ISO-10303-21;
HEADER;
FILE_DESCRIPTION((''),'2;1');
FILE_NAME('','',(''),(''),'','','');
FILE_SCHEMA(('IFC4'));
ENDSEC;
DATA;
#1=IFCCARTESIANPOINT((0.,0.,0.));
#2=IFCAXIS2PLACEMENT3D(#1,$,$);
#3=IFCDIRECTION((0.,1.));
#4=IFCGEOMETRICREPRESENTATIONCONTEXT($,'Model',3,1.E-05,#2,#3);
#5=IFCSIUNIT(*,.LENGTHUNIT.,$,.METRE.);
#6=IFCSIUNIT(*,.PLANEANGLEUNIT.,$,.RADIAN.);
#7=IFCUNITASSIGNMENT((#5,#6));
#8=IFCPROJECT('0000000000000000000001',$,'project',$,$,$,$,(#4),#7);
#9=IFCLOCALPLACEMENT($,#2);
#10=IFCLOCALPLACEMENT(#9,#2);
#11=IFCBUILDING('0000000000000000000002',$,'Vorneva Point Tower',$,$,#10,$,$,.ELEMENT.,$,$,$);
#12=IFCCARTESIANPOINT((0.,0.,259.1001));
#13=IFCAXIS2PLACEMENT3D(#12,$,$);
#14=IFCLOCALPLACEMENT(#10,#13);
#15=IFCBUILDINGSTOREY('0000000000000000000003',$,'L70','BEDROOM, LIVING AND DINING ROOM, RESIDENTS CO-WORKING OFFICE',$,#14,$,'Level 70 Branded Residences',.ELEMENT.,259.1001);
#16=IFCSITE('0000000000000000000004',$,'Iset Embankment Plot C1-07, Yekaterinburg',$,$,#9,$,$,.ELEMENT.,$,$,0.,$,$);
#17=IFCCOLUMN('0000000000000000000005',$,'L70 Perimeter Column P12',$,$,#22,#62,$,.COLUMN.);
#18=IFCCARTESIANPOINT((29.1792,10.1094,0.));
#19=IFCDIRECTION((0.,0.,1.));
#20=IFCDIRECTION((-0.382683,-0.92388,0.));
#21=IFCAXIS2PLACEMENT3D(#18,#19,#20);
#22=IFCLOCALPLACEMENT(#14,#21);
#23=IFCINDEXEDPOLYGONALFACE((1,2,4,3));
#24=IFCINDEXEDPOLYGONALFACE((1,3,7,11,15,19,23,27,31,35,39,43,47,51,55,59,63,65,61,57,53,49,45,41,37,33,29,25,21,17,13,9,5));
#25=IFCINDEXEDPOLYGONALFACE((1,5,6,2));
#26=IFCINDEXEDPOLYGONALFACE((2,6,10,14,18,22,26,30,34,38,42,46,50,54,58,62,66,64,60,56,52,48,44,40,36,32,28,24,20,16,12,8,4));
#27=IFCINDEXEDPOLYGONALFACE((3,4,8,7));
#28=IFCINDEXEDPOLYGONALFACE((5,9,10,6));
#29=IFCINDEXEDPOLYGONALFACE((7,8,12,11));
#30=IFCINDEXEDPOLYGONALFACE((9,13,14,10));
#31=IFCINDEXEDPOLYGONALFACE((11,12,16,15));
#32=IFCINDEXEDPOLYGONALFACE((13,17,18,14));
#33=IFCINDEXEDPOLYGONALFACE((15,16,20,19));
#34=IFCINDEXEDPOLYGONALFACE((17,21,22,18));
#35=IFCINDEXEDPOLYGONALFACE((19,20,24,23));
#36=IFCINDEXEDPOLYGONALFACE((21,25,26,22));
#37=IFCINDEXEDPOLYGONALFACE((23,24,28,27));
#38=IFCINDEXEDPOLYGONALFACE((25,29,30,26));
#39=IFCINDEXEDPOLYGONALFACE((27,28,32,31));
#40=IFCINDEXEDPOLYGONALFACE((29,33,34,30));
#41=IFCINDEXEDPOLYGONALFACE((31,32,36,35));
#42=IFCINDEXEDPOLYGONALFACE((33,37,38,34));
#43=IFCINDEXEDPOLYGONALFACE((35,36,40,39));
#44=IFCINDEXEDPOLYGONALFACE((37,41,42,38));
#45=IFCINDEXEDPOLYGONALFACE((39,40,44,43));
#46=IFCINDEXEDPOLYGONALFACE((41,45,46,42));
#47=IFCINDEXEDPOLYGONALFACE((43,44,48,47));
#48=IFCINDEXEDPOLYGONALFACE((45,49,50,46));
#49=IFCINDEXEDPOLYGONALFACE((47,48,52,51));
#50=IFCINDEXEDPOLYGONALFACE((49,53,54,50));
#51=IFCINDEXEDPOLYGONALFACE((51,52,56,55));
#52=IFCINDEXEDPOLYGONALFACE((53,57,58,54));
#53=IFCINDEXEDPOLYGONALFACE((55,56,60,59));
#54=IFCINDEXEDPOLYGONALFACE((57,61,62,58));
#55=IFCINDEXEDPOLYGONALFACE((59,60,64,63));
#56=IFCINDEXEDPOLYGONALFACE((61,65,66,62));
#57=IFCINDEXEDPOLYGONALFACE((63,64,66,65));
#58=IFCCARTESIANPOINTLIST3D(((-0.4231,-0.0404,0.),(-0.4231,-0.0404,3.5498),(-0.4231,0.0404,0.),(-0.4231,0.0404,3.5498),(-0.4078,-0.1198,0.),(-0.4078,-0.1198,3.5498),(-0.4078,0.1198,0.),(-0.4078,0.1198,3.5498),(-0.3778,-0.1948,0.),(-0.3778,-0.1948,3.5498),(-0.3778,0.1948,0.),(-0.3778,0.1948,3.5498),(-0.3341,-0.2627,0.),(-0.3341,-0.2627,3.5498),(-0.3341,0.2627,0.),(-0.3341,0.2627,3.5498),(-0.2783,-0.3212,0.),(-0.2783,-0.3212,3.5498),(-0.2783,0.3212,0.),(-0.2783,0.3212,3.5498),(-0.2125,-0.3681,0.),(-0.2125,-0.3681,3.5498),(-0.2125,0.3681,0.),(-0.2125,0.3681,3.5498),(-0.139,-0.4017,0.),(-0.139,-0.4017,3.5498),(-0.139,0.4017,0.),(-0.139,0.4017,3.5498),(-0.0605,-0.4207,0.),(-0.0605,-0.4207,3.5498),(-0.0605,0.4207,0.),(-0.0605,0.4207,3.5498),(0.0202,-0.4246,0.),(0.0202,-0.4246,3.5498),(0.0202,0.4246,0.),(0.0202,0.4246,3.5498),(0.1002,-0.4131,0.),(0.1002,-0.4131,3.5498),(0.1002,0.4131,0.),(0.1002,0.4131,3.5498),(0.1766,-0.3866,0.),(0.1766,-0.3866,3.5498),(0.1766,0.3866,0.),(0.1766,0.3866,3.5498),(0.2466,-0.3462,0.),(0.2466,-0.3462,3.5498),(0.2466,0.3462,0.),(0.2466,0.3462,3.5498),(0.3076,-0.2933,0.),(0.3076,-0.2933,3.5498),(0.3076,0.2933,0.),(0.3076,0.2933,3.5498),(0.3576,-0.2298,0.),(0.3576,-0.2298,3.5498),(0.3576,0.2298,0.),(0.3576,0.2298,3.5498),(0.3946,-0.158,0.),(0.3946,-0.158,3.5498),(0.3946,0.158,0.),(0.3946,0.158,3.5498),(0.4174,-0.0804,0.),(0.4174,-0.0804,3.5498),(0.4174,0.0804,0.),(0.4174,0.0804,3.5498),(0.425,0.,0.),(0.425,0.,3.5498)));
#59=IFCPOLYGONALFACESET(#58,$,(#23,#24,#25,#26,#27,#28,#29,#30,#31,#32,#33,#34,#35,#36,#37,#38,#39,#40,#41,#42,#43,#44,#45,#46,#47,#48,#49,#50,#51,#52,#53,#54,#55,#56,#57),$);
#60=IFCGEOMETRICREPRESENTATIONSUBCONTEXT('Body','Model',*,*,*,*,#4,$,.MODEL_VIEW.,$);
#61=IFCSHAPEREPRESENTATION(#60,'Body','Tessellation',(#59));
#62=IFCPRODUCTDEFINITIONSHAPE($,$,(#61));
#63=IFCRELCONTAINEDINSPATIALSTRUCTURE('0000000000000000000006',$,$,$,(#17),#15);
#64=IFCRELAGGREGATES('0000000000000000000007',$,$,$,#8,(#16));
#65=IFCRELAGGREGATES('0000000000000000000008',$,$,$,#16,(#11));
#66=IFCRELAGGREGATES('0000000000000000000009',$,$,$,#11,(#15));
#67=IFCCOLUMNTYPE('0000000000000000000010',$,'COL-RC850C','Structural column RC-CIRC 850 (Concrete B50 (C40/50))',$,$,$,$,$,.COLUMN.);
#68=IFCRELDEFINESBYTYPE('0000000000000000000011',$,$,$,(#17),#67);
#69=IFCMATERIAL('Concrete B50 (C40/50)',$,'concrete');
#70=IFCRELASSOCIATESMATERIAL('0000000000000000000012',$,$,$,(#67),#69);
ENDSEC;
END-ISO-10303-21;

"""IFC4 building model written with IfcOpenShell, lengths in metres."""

from ifc_helpers import new_model, si_unit, direction, frame, origin, origin_2d, place, context, subcontext, project, spatial, circle, extrude, material, material_profile, profile_set, type_object, element, save


model = new_model("IFC4")

# Units and contexts
model_context = context("Model", 3, precision=1e-05, world=origin(), true_north=direction((0.0, 1.0)))
body_context = subcontext(model_context, "Body", "Model", "MODEL_VIEW")
ifc_project = project(units=[si_unit("LENGTHUNIT", "METRE"), si_unit("PLANEANGLEUNIT", "RADIAN")], contexts=[model_context])

# Site, building, storey
site_placement = place(None, origin())
site = spatial("IfcSite", under=ifc_project, at=site_placement, Name="Iset Embankment Plot C1-07, Yekaterinburg", CompositionType="ELEMENT", RefElevation=0.0)
building_placement = place(site_placement, origin())
building = spatial("IfcBuilding", under=site, at=building_placement, Name="Vorneva Point Tower", CompositionType="ELEMENT")
storey_placement = place(building_placement, frame((0.0, 0.0, 259.1001)))
storey = spatial("IfcBuildingStorey", under=building, at=storey_placement, Name="L70", Description="BEDROOM, LIVING AND DINING ROOM, RESIDENTS CO-WORKING OFFICE", LongName="Level 70 Branded Residences", CompositionType="ELEMENT", Elevation=259.1001)

# Column
ifc_material_1 = material(Name="Concrete B50 (C40/50)", Category="concrete")
ifc_material_profile_1 = material_profile(ifc_material_1, circle(Radius=0.425, at=origin_2d()), Name="RC-CIRC 850")
ifc_profile_set_1 = profile_set([ifc_material_profile_1], Name="Concrete B50 (C40/50)")
column_type = type_object("IfcColumnType", Name="COL-RC850C", Description="Structural column RC-CIRC 850 (Concrete B50 (C40/50))", PredefinedType="COLUMN", material=ifc_profile_set_1)
for number, where, z_axis, x_axis, name in (
    (1, (29.1792, 10.1094, 0.0), (0.0, 0.0, 1.0), (-0.382683, -0.92388, 0.0), "L70 Perimeter Column P12"),
):
    element("IfcColumn", number, at=place(storey_placement, frame(where, z_axis=z_axis, x_axis=x_axis)), inside=storey, type_object=column_type, Name=name, PredefinedType="COLUMN", context=body_context, shape_type="SweptSolid", body=[
        extrude(circle(Radius=0.425, at=origin_2d()), origin(), (0.0, 0.0, 1.0), 3.5498),
    ])

save(model, "model.ifc")
